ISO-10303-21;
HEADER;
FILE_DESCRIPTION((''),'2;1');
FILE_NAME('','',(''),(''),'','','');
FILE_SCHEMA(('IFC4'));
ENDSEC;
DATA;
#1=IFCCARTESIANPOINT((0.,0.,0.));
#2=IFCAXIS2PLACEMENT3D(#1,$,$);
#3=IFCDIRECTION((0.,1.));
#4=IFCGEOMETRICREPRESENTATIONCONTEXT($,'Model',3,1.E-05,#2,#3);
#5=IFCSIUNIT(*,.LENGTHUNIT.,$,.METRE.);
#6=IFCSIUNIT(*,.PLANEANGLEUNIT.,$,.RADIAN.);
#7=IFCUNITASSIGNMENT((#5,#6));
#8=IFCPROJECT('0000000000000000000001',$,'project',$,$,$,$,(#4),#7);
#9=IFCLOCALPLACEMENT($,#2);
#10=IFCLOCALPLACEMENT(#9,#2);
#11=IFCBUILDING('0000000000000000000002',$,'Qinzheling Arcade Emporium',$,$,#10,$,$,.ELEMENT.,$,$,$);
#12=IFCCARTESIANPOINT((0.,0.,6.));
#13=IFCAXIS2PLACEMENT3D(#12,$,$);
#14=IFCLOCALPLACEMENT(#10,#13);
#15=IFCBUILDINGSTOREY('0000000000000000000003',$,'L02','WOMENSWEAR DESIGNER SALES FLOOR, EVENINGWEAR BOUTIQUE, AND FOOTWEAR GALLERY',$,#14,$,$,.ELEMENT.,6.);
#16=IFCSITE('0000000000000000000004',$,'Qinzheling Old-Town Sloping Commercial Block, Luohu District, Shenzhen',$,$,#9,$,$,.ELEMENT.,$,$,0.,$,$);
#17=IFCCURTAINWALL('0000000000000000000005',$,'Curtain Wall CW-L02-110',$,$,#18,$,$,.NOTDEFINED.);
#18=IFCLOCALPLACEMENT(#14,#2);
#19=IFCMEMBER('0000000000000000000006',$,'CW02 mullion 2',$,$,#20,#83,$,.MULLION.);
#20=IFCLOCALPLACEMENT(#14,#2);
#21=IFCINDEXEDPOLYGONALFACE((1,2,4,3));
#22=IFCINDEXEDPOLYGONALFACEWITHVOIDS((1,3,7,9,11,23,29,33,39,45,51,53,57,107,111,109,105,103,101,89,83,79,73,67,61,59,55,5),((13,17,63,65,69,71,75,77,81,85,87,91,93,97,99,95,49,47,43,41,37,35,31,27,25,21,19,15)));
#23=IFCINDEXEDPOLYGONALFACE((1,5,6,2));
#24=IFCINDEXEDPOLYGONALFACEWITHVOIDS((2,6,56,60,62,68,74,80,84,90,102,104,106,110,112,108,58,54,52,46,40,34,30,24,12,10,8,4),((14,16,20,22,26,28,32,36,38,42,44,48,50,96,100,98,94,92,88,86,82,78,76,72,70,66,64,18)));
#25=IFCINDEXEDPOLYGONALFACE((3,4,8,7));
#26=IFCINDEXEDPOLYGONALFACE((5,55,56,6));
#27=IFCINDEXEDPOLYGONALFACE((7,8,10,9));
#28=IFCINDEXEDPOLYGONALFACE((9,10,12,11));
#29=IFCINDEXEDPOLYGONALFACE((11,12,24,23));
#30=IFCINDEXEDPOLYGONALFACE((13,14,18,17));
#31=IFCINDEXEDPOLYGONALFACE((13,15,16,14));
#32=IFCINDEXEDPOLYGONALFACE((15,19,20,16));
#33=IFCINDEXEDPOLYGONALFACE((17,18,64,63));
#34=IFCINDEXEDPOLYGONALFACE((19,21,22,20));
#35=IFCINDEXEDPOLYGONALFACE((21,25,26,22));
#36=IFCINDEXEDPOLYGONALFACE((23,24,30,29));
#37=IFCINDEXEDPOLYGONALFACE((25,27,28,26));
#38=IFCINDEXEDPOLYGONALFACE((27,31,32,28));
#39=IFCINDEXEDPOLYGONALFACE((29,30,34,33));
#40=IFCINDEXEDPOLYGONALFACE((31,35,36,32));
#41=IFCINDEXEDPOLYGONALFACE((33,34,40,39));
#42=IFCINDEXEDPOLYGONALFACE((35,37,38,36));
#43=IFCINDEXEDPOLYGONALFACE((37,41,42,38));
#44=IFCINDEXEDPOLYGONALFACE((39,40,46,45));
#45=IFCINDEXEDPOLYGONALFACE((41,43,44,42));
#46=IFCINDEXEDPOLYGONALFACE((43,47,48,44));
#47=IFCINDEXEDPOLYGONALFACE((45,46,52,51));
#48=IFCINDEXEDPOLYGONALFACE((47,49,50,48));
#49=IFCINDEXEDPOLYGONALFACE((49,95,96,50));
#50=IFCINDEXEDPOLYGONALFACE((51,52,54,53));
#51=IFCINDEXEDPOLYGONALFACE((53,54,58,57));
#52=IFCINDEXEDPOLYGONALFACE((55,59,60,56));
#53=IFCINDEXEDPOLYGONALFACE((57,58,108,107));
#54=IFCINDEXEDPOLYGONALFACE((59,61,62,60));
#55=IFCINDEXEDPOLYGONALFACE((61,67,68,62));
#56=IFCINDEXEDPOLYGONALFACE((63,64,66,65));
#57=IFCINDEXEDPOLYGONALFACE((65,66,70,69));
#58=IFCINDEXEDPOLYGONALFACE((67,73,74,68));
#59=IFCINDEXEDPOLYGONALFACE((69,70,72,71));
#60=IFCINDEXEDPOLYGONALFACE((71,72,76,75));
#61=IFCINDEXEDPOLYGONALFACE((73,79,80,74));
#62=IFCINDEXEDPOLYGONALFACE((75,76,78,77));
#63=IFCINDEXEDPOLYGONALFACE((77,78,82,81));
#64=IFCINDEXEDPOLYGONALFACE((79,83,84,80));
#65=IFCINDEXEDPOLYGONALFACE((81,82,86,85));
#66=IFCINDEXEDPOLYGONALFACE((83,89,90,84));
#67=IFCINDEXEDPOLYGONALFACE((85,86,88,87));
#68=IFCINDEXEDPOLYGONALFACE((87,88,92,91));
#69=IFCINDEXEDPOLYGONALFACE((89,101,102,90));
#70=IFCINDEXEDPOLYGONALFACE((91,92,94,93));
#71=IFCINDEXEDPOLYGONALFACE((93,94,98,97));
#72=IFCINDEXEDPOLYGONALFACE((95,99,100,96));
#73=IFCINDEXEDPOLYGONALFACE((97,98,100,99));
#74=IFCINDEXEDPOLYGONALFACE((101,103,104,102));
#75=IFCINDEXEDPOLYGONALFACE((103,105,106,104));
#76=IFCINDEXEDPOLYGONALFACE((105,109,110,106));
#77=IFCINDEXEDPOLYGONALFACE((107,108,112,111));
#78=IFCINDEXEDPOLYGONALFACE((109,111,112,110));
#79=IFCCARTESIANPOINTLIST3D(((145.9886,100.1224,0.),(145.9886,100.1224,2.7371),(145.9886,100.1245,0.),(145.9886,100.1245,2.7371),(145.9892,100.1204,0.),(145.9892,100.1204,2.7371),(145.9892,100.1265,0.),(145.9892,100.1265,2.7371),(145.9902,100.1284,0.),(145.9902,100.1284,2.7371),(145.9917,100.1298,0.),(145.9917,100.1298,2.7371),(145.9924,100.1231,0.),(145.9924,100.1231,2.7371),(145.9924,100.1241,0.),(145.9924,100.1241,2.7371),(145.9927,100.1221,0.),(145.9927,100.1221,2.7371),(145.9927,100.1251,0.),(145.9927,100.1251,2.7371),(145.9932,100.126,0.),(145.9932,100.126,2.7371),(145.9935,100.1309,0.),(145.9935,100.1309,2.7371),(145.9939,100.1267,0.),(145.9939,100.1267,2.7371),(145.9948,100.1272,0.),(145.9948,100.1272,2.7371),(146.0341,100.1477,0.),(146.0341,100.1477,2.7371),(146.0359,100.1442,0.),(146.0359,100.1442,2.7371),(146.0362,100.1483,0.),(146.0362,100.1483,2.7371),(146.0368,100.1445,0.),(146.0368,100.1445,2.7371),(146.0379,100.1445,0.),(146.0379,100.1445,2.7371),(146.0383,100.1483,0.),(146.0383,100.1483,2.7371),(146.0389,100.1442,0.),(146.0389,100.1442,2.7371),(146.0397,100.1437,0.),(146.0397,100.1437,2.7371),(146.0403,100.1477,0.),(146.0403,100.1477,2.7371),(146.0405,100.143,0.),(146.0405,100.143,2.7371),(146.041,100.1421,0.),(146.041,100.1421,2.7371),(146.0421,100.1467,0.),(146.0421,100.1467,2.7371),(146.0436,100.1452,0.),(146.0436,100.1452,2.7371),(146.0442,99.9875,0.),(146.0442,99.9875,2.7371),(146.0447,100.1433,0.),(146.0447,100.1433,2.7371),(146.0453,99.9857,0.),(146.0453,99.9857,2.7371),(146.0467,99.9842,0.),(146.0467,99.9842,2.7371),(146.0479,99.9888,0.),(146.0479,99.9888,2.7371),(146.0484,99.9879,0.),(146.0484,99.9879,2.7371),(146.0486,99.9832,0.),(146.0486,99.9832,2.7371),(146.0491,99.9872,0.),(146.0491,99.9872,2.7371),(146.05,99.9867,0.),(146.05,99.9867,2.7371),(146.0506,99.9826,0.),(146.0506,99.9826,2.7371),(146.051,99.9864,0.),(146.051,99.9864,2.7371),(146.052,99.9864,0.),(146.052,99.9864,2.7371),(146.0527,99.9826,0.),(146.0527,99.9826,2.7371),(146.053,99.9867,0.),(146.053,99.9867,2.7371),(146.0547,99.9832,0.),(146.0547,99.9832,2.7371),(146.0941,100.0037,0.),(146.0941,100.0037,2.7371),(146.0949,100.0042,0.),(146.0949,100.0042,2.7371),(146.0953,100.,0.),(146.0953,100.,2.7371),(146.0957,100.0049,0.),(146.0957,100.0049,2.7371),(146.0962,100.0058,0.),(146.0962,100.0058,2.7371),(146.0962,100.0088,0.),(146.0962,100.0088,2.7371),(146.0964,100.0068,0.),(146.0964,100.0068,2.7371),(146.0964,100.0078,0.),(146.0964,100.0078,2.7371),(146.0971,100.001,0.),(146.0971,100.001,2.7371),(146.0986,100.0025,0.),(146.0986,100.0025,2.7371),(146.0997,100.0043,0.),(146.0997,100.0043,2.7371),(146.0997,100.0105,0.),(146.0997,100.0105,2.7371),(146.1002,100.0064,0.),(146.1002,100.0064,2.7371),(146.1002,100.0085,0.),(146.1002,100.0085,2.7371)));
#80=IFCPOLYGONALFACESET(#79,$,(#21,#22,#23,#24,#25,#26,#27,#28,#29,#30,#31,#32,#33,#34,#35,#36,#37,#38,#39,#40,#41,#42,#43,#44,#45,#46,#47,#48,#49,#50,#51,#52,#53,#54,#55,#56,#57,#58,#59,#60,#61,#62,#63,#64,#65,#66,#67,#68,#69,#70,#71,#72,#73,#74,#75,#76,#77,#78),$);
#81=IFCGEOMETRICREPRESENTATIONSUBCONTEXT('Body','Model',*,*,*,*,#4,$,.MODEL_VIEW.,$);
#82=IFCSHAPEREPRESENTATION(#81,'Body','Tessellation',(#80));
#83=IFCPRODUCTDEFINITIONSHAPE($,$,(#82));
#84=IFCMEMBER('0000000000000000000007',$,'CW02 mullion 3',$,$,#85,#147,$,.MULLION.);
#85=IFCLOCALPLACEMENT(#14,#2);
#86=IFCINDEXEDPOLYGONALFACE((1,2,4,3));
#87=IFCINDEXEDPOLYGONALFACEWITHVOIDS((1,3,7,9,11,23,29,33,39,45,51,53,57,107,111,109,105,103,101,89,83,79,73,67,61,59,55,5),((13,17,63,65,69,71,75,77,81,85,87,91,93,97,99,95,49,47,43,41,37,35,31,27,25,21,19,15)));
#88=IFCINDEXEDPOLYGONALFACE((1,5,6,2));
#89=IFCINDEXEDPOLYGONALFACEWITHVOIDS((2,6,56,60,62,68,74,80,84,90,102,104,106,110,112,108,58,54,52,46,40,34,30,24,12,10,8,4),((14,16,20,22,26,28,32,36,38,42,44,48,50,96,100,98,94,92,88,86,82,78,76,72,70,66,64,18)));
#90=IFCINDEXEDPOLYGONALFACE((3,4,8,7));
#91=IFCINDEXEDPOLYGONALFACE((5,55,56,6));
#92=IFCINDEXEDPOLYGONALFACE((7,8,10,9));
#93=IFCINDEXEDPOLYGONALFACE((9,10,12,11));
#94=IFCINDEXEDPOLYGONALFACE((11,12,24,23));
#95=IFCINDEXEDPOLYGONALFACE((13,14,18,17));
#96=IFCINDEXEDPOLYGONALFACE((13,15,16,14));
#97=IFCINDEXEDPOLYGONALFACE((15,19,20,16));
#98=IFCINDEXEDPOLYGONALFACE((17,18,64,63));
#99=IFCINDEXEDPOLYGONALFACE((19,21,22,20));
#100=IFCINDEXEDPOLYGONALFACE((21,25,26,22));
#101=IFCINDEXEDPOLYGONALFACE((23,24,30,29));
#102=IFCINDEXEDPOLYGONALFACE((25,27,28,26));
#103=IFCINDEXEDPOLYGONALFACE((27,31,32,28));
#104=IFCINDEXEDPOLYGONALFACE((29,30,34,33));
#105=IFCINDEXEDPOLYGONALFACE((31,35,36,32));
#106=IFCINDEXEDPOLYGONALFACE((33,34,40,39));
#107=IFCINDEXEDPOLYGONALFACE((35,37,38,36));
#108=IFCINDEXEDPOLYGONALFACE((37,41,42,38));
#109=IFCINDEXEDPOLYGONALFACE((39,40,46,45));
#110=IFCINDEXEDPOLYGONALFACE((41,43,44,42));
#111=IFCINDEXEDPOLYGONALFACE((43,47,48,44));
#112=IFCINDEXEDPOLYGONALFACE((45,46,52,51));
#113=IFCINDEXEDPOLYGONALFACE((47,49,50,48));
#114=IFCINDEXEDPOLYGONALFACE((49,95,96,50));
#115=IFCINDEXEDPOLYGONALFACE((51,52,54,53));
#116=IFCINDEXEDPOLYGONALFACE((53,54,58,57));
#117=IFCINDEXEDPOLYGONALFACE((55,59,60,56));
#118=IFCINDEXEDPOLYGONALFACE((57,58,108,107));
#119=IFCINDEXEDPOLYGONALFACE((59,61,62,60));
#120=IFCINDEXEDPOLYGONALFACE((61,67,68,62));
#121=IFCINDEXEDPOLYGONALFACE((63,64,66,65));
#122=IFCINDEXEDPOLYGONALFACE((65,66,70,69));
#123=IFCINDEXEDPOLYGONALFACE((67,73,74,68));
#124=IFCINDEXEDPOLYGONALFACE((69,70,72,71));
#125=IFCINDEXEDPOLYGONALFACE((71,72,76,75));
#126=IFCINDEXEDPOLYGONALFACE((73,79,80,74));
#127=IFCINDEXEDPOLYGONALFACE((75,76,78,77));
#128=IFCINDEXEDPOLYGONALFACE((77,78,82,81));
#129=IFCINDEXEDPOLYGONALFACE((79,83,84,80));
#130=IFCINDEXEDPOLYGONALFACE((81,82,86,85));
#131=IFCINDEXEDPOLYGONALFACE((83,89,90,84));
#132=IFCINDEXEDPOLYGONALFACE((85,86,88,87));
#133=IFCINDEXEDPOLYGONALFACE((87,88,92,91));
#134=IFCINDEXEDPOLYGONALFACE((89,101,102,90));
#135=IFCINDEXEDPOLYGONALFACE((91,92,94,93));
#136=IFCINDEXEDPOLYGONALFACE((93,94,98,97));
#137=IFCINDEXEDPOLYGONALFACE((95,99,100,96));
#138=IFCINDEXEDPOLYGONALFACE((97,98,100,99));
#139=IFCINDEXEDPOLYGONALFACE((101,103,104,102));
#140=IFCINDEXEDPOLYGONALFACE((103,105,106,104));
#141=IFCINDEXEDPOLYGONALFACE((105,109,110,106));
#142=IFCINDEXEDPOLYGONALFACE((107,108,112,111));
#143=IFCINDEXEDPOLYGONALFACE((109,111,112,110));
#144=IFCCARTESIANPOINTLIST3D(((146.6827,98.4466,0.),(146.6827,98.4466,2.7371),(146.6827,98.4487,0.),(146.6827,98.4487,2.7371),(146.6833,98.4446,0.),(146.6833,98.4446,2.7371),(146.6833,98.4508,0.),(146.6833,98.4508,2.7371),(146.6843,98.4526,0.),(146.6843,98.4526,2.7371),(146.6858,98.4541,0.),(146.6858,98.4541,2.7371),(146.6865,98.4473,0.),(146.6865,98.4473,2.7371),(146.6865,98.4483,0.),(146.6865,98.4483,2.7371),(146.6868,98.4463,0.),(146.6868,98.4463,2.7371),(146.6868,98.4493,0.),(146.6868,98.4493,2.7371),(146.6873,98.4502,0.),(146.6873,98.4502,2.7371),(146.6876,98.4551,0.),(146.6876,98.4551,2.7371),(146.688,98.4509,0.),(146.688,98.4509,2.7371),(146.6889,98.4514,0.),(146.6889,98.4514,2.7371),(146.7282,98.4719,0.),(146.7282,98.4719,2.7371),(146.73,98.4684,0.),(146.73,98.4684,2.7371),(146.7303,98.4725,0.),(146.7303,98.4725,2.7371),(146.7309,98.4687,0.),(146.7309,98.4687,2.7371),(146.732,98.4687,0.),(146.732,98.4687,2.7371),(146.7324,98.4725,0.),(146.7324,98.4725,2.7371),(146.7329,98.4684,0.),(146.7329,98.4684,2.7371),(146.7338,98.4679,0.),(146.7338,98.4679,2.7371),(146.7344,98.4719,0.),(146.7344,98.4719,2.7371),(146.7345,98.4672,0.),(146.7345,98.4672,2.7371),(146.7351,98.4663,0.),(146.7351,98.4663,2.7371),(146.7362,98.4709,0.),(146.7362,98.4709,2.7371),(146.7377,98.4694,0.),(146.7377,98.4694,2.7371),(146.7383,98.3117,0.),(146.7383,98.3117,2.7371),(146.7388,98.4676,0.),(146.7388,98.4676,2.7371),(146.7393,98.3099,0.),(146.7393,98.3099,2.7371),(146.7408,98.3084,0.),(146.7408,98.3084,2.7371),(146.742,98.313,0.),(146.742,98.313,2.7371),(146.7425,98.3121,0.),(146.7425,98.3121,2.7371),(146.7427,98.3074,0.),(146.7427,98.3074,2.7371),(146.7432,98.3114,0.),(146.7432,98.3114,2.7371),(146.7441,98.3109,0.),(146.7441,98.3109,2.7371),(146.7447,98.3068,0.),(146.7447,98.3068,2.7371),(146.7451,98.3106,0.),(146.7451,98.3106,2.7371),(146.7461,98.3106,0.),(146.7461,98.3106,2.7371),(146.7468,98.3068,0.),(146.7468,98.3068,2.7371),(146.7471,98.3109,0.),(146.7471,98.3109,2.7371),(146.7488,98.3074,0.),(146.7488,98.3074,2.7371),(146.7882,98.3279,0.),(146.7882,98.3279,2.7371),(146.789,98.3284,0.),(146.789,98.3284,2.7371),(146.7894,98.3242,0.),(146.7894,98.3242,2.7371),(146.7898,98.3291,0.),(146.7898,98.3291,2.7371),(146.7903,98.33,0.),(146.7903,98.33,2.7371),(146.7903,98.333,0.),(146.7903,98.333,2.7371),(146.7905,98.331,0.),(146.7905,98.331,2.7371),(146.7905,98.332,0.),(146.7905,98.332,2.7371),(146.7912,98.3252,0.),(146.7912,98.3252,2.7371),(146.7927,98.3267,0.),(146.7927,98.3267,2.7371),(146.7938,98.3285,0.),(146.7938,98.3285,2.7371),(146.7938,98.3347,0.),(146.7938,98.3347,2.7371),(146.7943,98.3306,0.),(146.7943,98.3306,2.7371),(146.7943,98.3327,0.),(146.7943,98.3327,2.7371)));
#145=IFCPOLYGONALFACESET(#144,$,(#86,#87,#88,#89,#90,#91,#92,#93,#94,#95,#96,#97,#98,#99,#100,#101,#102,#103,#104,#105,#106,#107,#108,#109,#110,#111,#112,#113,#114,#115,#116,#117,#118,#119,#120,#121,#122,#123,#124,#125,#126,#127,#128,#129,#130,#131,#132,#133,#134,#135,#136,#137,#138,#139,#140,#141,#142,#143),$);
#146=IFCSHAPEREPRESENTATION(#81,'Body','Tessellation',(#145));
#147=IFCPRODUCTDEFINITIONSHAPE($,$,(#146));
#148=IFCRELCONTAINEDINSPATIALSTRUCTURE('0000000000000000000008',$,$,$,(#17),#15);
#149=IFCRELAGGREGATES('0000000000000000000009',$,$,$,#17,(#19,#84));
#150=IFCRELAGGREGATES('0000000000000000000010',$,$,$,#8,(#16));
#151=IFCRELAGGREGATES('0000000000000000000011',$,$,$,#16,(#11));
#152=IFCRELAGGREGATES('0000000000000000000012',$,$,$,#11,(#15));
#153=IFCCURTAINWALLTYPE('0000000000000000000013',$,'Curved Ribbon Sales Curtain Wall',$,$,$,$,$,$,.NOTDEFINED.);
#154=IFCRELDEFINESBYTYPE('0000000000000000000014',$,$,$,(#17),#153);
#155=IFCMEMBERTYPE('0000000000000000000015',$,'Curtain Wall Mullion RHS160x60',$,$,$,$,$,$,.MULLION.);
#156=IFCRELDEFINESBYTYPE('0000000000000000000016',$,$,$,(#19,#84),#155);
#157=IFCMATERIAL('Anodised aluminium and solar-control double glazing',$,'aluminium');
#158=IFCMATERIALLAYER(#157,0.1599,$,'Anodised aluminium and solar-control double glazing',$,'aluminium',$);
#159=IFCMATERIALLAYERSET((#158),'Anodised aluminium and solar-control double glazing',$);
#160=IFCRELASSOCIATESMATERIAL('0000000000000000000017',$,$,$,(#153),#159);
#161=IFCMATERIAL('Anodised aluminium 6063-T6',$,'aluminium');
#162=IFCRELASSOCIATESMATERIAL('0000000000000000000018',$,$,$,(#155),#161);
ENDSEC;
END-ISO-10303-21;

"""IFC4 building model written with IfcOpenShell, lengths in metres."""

from ifc_helpers import new_model, si_unit, direction, frame, origin, origin_2d, place, context, subcontext, project, spatial, hollow_rectangle, extrude, material, layer, layer_set, material_profile, profile_set, type_object, element, aggregate, save


model = new_model("IFC4")

# Units and contexts
model_context = context("Model", 3, precision=1e-05, world=origin(), true_north=direction((0.0, 1.0)))
body_context = subcontext(model_context, "Body", "Model", "MODEL_VIEW")
ifc_project = project(units=[si_unit("LENGTHUNIT", "METRE"), si_unit("PLANEANGLEUNIT", "RADIAN")], contexts=[model_context])

# Site, building, storey
site_placement = place(None, origin())
site = spatial("IfcSite", under=ifc_project, at=site_placement, Name="Qinzheling Old-Town Sloping Commercial Block, Luohu District, Shenzhen", CompositionType="ELEMENT", RefElevation=0.0)
building_placement = place(site_placement, origin())
building = spatial("IfcBuilding", under=site, at=building_placement, Name="Qinzheling Arcade Emporium", CompositionType="ELEMENT")
storey_placement = place(building_placement, frame((0.0, 0.0, 6.0)))
storey = spatial("IfcBuildingStorey", under=building, at=storey_placement, Name="L02", Description="WOMENSWEAR DESIGNER SALES FLOOR, EVENINGWEAR BOUTIQUE, AND FOOTWEAR GALLERY", CompositionType="ELEMENT", Elevation=6.0)

# Shared definitions
ifc_material_1 = material(Name="Anodised aluminium and solar-control double glazing", Category="aluminium")
ifc_layer_1 = layer(ifc_material_1, 0.1599, Name="Anodised aluminium and solar-control double glazing", Category="aluminium")
ifc_layer_set_1 = layer_set([ifc_layer_1], Name="Anodised aluminium and solar-control double glazing")
curtain_wall_type = type_object("IfcCurtainWallType", Name="Curved Ribbon Sales Curtain Wall", PredefinedType="NOTDEFINED", material=ifc_layer_set_1)
ifc_material_2 = material(Name="Anodised aluminium 6063-T6", Category="aluminium")
ifc_material_profile_1 = material_profile(ifc_material_2, hollow_rectangle(XDim=0.0601, YDim=0.1599, WallThickness=0.0039, InnerFilletRadius=0.0039, OuterFilletRadius=0.0081, at=origin_2d()), Name="RHS 160x60x4", Category="aluminium")
ifc_profile_set_1 = profile_set([ifc_material_profile_1], Name="Anodised aluminium 6063-T6")
member_type_1 = type_object("IfcMemberType", Name="Curtain Wall Mullion RHS160x60", PredefinedType="MULLION", material=ifc_profile_set_1)

# Curtain wall, members
curtain_wall_1_placement = place(storey_placement, origin())
curtain_wall_1 = element("IfcCurtainWall", 1, at=curtain_wall_1_placement, inside=storey, type_object=curtain_wall_type, Name="Curtain Wall CW-L02-110", PredefinedType="NOTDEFINED")
member_1_placement = place(storey_placement, frame((146.0444, 100.0654, 0.0), z_axis=(0.0, 0.0, 1.0), x_axis=(0.923901, 0.382631, 0.0)))
member_1 = element("IfcMember", 2, at=member_1_placement, type_object=member_type_1, Name="CW02 mullion 2", PredefinedType="MULLION", context=body_context, shape_type="SweptSolid", body=[
    extrude(hollow_rectangle(XDim=0.0601, YDim=0.1599, WallThickness=0.0039, InnerFilletRadius=0.0039, OuterFilletRadius=0.0081, at=origin_2d()), origin(), (0.0, 0.0, 1.0), 2.7371),
])
member_2_placement = place(storey_placement, frame((146.7385, 98.3896, 0.0), z_axis=(0.0, 0.0, 1.0), x_axis=(0.923901, 0.382631, 0.0)))
member_2 = element("IfcMember", 3, at=member_2_placement, type_object=member_type_1, Name="CW02 mullion 3", PredefinedType="MULLION", context=body_context, shape_type="SweptSolid", body=[
    extrude(hollow_rectangle(XDim=0.0601, YDim=0.1599, WallThickness=0.0039, InnerFilletRadius=0.0039, OuterFilletRadius=0.0081, at=origin_2d()), origin(), (0.0, 0.0, 1.0), 2.7371),
])

aggregate(curtain_wall_1, [member_1, member_2])

save(model, "model.ifc")
